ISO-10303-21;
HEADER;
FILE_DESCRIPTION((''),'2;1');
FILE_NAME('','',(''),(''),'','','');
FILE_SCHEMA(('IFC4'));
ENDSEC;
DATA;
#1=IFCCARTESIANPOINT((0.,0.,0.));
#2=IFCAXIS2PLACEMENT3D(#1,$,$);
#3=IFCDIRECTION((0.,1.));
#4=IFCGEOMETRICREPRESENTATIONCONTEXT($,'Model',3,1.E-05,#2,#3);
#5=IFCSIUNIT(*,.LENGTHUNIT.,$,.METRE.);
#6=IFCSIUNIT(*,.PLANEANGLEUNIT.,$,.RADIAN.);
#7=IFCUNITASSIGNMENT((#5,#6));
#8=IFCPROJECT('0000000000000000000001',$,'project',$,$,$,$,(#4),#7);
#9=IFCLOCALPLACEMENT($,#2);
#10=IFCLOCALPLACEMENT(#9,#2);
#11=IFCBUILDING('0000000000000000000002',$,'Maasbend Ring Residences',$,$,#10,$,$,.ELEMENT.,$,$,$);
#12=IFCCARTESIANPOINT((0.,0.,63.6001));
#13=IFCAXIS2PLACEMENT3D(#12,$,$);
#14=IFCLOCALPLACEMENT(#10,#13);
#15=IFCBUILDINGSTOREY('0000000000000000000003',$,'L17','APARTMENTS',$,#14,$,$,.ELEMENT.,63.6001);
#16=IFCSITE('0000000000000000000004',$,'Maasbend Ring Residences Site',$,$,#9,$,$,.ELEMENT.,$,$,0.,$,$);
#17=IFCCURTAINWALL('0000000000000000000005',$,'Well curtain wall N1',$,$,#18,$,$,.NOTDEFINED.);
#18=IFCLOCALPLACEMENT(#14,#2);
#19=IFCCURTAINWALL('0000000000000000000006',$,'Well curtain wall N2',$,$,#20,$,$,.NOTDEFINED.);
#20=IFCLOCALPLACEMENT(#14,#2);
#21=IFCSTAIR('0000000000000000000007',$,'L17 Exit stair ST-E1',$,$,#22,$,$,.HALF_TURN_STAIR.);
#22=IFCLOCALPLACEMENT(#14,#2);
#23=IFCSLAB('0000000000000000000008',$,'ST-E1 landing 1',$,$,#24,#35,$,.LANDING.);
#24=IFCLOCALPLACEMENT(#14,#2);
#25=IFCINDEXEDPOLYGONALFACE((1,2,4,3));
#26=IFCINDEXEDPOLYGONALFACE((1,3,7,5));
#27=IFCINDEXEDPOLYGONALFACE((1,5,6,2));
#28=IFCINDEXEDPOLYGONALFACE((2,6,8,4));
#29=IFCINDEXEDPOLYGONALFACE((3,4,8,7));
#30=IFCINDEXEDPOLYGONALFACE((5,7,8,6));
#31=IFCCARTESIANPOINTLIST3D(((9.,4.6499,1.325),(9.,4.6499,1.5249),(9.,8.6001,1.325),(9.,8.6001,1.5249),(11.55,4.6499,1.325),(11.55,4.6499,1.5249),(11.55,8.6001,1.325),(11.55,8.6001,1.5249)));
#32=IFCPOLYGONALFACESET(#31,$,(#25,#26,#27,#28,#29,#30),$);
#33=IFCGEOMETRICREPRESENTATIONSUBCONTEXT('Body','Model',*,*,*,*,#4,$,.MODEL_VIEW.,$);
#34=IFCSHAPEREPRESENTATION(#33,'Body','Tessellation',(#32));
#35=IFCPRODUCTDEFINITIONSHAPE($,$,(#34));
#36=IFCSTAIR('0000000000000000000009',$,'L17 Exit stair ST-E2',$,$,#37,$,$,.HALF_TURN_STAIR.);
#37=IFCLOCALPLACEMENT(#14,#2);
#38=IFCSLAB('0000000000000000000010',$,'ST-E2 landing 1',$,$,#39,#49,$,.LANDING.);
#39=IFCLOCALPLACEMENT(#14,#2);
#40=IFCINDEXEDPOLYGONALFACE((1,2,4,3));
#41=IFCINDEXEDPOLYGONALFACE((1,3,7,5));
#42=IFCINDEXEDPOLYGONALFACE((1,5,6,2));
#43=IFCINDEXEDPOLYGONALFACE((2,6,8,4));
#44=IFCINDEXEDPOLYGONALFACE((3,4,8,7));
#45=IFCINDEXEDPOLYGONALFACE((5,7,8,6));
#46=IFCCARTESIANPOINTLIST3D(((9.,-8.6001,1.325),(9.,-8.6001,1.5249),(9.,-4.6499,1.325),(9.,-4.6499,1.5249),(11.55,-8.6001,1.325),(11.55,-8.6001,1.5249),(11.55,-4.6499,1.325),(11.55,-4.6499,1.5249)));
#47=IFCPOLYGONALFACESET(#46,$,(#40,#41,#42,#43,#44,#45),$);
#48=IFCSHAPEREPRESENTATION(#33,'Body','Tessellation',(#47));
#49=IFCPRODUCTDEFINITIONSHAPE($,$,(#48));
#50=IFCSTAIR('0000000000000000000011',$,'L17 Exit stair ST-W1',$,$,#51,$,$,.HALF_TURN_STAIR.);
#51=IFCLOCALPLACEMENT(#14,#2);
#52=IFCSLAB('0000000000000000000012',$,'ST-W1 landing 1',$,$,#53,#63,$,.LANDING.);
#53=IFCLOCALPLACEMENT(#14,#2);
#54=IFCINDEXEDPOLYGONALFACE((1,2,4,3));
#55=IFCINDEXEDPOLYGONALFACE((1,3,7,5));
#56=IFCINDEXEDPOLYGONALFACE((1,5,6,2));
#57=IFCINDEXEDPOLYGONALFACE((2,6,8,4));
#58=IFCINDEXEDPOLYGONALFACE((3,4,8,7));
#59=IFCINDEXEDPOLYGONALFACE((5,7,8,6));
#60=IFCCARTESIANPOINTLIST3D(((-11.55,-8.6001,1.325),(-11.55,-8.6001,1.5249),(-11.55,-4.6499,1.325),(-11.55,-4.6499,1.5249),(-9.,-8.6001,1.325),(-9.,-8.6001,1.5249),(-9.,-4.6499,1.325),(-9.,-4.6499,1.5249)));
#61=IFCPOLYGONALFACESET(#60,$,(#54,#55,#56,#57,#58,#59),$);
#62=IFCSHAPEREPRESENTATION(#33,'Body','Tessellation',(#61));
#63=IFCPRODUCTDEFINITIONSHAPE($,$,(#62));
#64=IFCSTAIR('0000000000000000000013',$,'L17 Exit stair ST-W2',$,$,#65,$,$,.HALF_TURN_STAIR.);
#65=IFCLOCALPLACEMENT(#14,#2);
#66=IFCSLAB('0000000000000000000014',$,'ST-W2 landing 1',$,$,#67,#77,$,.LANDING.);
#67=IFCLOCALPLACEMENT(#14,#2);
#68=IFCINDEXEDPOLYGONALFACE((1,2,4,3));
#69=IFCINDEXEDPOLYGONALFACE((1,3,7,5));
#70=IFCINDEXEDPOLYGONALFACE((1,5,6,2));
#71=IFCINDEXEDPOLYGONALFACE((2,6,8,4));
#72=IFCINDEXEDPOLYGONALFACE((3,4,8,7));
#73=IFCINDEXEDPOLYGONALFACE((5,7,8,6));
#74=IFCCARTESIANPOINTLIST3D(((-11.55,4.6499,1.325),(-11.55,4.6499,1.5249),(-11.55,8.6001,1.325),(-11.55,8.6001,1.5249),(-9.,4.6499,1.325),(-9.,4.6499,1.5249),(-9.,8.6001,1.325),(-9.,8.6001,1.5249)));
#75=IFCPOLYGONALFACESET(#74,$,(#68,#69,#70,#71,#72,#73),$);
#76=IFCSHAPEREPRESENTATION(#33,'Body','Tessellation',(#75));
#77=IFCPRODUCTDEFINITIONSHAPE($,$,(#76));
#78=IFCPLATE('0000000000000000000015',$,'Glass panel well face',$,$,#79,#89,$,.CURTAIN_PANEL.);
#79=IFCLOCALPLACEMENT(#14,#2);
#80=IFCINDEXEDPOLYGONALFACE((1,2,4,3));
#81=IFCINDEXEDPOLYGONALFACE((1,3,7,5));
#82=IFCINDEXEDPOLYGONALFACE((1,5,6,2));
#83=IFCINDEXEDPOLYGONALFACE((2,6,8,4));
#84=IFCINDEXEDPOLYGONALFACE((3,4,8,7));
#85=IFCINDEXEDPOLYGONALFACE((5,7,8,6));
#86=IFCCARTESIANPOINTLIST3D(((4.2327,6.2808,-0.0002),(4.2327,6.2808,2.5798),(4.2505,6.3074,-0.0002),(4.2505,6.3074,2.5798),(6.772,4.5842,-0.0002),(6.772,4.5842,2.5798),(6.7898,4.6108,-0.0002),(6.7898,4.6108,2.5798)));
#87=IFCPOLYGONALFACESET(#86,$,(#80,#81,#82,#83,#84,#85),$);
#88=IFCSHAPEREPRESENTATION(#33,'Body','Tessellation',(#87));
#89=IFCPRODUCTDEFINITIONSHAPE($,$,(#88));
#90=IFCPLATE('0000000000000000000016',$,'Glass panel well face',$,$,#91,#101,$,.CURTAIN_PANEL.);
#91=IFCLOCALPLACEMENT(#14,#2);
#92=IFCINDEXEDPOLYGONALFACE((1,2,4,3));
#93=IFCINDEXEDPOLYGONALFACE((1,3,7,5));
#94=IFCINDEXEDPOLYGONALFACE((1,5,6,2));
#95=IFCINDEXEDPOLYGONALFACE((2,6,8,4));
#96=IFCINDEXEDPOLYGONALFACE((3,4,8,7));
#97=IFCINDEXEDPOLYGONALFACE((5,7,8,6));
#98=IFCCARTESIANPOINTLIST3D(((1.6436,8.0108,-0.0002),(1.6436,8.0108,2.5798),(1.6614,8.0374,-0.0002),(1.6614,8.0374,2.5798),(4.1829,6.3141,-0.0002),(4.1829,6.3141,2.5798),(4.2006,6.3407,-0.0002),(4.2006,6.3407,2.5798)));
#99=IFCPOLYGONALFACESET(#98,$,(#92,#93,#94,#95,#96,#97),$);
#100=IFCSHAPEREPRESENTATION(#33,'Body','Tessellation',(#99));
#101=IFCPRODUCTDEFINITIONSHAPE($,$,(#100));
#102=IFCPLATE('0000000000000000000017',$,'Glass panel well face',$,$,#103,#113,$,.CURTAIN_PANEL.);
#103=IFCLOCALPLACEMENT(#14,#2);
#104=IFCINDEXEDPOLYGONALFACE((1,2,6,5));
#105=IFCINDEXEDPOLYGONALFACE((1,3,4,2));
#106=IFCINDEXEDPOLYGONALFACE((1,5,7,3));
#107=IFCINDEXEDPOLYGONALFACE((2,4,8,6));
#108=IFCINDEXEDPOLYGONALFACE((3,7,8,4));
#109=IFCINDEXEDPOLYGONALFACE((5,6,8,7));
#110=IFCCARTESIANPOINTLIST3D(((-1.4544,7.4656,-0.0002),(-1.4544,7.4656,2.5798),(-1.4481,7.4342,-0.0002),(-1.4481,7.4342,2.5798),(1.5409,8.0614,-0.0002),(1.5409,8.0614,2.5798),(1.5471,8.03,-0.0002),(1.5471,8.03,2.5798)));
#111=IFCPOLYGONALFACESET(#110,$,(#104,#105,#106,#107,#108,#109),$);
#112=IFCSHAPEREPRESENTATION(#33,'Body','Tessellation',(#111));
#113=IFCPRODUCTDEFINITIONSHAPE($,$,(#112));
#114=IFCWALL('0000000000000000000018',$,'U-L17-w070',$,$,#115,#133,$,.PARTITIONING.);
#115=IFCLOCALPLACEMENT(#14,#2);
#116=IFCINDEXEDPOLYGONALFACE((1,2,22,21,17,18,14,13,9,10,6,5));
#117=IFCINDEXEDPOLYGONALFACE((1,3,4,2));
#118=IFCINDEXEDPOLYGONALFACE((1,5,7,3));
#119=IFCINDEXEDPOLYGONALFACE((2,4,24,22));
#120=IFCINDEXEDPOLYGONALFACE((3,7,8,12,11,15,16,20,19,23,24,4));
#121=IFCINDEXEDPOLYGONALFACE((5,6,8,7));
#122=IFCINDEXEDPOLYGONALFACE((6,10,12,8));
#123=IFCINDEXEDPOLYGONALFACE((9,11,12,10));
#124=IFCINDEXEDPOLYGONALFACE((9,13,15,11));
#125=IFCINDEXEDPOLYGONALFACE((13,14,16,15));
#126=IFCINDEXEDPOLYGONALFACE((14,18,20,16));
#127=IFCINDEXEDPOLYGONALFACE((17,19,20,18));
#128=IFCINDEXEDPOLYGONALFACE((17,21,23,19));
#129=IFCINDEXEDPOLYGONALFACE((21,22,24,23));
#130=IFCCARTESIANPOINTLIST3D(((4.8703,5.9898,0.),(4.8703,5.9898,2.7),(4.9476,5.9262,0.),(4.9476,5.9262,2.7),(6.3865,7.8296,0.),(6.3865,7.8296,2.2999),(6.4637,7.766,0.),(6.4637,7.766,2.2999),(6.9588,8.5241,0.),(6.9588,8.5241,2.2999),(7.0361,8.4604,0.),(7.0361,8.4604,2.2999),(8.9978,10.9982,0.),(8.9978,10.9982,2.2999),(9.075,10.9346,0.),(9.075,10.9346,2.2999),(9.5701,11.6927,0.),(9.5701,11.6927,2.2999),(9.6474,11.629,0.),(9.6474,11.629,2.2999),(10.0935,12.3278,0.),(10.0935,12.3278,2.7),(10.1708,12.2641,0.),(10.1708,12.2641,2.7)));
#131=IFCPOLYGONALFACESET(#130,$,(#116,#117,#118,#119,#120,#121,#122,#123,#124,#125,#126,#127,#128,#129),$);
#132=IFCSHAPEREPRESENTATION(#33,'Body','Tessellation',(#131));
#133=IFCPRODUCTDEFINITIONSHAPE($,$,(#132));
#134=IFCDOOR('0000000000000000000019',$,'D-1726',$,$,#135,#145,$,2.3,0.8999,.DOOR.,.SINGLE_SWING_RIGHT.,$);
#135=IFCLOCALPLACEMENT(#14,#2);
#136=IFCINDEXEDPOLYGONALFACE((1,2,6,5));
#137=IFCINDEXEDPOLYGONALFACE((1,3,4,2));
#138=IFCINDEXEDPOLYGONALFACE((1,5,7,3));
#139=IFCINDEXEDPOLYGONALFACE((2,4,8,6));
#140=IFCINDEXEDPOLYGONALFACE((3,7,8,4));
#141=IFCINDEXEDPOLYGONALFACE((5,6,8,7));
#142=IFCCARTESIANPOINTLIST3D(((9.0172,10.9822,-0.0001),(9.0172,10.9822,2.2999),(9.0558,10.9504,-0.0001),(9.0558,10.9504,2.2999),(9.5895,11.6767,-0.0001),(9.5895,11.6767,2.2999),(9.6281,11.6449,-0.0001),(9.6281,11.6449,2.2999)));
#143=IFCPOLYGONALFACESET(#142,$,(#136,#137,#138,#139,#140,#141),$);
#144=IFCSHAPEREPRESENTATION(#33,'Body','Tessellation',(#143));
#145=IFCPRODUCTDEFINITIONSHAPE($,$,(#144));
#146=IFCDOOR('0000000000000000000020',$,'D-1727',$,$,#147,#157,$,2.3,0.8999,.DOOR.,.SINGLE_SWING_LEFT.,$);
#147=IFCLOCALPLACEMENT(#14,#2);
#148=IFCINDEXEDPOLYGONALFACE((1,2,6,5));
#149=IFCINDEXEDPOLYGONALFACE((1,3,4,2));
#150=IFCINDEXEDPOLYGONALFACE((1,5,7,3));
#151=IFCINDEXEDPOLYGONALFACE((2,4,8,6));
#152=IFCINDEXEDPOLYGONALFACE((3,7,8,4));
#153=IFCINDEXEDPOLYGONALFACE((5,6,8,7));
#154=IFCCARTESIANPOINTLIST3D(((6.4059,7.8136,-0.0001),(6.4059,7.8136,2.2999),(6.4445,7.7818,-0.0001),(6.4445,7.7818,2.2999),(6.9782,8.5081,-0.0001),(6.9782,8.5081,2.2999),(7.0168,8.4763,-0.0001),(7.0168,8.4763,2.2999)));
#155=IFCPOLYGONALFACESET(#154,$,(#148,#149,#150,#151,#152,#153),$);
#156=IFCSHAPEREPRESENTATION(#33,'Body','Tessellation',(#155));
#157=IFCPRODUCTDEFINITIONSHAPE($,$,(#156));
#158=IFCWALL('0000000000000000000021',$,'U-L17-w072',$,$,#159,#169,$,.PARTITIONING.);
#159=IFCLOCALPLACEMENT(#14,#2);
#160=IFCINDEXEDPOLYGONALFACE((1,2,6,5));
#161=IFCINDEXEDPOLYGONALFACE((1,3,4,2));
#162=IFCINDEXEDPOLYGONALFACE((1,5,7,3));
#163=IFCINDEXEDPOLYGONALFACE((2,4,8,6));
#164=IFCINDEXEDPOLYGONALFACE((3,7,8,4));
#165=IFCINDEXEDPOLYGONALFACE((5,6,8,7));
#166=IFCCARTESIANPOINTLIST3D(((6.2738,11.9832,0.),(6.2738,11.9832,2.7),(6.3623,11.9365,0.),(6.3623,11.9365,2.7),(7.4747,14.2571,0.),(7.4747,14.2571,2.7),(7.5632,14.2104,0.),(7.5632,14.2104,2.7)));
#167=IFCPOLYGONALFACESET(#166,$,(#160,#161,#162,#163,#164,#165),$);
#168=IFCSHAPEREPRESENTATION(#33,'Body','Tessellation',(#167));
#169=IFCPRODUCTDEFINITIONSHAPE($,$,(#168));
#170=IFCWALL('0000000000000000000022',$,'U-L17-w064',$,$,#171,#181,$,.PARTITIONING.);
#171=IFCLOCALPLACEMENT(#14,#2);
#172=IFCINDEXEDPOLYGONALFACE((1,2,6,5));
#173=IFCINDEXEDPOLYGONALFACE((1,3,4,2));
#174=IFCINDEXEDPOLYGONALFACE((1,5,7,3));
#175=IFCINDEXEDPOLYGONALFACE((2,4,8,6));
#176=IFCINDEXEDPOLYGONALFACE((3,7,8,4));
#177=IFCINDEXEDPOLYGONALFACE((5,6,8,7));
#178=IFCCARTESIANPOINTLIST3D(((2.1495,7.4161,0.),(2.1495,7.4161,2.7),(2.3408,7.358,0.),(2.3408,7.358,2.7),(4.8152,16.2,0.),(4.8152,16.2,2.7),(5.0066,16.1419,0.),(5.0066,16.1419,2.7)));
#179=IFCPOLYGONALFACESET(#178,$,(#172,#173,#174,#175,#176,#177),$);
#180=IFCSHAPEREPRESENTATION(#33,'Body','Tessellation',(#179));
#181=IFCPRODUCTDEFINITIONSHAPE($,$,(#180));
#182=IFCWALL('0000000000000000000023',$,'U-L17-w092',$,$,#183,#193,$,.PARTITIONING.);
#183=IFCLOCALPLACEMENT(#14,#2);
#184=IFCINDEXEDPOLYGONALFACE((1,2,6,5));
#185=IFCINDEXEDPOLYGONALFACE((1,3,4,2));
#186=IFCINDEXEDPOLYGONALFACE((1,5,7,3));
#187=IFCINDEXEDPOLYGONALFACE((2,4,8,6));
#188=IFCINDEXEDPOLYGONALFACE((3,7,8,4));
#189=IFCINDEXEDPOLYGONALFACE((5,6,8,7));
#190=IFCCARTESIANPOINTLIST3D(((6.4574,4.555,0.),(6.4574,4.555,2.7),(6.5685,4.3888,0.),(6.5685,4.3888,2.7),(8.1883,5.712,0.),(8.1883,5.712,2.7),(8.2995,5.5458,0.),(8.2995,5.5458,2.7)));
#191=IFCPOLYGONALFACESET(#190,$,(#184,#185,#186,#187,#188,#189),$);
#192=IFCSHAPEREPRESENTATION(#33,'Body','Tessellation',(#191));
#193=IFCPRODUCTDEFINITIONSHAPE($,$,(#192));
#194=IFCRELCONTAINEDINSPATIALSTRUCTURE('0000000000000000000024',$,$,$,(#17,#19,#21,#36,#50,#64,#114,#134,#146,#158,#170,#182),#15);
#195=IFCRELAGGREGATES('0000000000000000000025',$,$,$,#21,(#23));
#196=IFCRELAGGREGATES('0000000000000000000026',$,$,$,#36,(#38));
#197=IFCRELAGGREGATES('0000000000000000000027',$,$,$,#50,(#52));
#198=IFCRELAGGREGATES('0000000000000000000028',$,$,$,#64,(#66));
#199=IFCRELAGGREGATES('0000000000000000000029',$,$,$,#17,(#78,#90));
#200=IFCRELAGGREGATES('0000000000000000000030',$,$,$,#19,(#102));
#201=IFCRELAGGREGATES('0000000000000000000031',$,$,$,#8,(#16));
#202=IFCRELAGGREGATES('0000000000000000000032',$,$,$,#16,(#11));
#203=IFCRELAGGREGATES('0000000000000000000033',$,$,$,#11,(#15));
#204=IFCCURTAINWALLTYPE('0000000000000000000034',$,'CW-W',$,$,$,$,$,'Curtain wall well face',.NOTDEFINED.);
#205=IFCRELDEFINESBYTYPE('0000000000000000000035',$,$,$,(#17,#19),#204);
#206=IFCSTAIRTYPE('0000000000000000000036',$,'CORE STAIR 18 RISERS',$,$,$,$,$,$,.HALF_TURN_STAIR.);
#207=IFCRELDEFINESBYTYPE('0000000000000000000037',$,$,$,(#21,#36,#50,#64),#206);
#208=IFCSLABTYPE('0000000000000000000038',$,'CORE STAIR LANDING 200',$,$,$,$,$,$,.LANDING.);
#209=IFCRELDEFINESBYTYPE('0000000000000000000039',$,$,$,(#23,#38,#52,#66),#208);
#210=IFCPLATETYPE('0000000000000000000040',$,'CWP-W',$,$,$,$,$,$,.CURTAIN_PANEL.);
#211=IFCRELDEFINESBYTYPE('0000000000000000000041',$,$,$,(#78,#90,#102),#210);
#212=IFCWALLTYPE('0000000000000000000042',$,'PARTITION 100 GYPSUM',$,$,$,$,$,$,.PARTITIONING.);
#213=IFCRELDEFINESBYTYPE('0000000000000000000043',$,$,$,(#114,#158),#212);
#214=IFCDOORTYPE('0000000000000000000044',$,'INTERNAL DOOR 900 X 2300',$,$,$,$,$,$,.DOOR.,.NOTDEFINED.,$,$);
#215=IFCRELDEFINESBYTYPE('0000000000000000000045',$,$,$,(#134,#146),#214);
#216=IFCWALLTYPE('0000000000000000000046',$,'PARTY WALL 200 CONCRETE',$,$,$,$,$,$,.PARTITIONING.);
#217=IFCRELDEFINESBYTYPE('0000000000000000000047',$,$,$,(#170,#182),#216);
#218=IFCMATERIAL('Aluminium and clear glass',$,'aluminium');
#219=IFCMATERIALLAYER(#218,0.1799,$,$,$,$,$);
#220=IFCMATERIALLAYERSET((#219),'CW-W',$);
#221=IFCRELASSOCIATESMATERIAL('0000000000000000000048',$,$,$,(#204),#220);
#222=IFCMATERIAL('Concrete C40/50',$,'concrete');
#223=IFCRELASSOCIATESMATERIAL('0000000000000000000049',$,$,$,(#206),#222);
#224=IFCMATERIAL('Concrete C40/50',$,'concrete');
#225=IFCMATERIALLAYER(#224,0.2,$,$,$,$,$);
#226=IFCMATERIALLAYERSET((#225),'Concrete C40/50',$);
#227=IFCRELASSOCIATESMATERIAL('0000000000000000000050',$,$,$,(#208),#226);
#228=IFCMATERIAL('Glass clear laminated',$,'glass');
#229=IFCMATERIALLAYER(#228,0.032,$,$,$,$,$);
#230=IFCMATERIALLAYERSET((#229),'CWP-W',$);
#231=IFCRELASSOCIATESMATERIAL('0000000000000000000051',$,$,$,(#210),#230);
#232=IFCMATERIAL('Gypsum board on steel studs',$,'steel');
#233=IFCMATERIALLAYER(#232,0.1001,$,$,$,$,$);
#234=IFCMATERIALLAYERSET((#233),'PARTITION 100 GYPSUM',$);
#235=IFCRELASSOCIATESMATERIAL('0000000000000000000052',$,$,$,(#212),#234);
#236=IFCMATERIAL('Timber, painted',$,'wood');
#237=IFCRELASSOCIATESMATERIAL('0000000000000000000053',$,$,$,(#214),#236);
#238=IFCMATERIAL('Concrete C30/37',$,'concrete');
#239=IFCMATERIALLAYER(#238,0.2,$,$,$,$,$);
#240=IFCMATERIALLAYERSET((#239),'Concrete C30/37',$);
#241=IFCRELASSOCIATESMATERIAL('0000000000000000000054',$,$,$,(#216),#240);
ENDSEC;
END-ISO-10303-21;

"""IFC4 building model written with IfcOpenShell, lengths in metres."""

from ifc_helpers import new_model, si_unit, direction, frame, frame_2d, origin, origin_2d, place, context, subcontext, project, spatial, polyline, rectangle, outline, extrude, material, layer, layer_set, type_object, element, fill, aggregate, save


model = new_model("IFC4")

# Units and contexts
model_context = context("Model", 3, precision=1e-05, world=origin(), true_north=direction((0.0, 1.0)))
body_context = subcontext(model_context, "Body", "Model", "MODEL_VIEW")
ifc_project = project(units=[si_unit("LENGTHUNIT", "METRE"), si_unit("PLANEANGLEUNIT", "RADIAN")], contexts=[model_context])

# Site, building, storey
site_placement = place(None, origin())
site = spatial("IfcSite", under=ifc_project, at=site_placement, Name="Maasbend Ring Residences Site", CompositionType="ELEMENT", RefElevation=0.0)
building_placement = place(site_placement, origin())
building = spatial("IfcBuilding", under=site, at=building_placement, Name="Maasbend Ring Residences", CompositionType="ELEMENT")
storey_placement = place(building_placement, frame((0.0, 0.0, 63.6001)))
storey = spatial("IfcBuildingStorey", under=building, at=storey_placement, Name="L17", Description="APARTMENTS", CompositionType="ELEMENT", Elevation=63.6001)

# Curtain wall
ifc_material_1 = material(Name="Aluminium and clear glass", Category="aluminium")
ifc_layer_1 = layer(ifc_material_1, 0.1799)
ifc_layer_set_1 = layer_set([ifc_layer_1], Name="CW-W")
curtain_wall_type = type_object("IfcCurtainWallType", Name="CW-W", ElementType="Curtain wall well face", PredefinedType="NOTDEFINED", material=ifc_layer_set_1)
curtain_wall_1_placement = place(storey_placement, origin())
curtain_wall_1 = element("IfcCurtainWall", 1, at=curtain_wall_1_placement, inside=storey, type_object=curtain_wall_type, Name="Well curtain wall N1", PredefinedType="NOTDEFINED")

# Curtain wall
curtain_wall_2_placement = place(storey_placement, origin())
curtain_wall_2 = element("IfcCurtainWall", 2, at=curtain_wall_2_placement, inside=storey, type_object=curtain_wall_type, Name="Well curtain wall N2", PredefinedType="NOTDEFINED")

# Stairs, slabs
ifc_material_2 = material(Name="Concrete C40/50", Category="concrete")
stair_type = type_object("IfcStairType", Name="CORE STAIR 18 RISERS", PredefinedType="HALF_TURN_STAIR", material=ifc_material_2)
stair_1_placement = place(storey_placement, origin())
stair_1 = element("IfcStair", 3, at=stair_1_placement, inside=storey, type_object=stair_type, Name="L17 Exit stair ST-E1", PredefinedType="HALF_TURN_STAIR")
ifc_material_3 = material(Name="Concrete C40/50", Category="concrete")
ifc_layer_2 = layer(ifc_material_3, 0.2)
ifc_layer_set_2 = layer_set([ifc_layer_2], Name="Concrete C40/50")
slab_type = type_object("IfcSlabType", Name="CORE STAIR LANDING 200", PredefinedType="LANDING", material=ifc_layer_set_2)
slab_1_placement = place(storey_placement, frame((0.0, 0.0, 1.325)))
slab_1 = element("IfcSlab", 4, at=slab_1_placement, type_object=slab_type, Name="ST-E1 landing 1", PredefinedType="LANDING", context=body_context, shape_type="SweptSolid", body=[
    extrude(outline(polyline([(11.55, 8.6001), (9.0, 8.6001), (9.0, 4.6499), (11.55, 4.6499), (11.55, 8.6001)])), origin(), (0.0, 0.0, 1.0), 0.2),
])
aggregate(stair_1, [slab_1])
stair_2_placement = place(storey_placement, origin())
stair_2 = element("IfcStair", 5, at=stair_2_placement, inside=storey, type_object=stair_type, Name="L17 Exit stair ST-E2", PredefinedType="HALF_TURN_STAIR")
slab_2_placement = place(storey_placement, frame((0.0, 0.0, 1.325)))
slab_2 = element("IfcSlab", 6, at=slab_2_placement, type_object=slab_type, Name="ST-E2 landing 1", PredefinedType="LANDING", context=body_context, shape_type="SweptSolid", body=[
    extrude(outline(polyline([(11.55, -4.6499), (9.0, -4.6499), (9.0, -8.6001), (11.55, -8.6001), (11.55, -4.6499)])), origin(), (0.0, 0.0, 1.0), 0.2),
])
aggregate(stair_2, [slab_2])
stair_3_placement = place(storey_placement, origin())
stair_3 = element("IfcStair", 7, at=stair_3_placement, inside=storey, type_object=stair_type, Name="L17 Exit stair ST-W1", PredefinedType="HALF_TURN_STAIR")
slab_3_placement = place(storey_placement, frame((0.0, 0.0, 1.325)))
slab_3 = element("IfcSlab", 8, at=slab_3_placement, type_object=slab_type, Name="ST-W1 landing 1", PredefinedType="LANDING", context=body_context, shape_type="SweptSolid", body=[
    extrude(outline(polyline([(-11.55, -8.6001), (-9.0, -8.6001), (-9.0, -4.6499), (-11.55, -4.6499), (-11.55, -8.6001)])), origin(), (0.0, 0.0, 1.0), 0.2),
])
aggregate(stair_3, [slab_3])
stair_4_placement = place(storey_placement, origin())
stair_4 = element("IfcStair", 9, at=stair_4_placement, inside=storey, type_object=stair_type, Name="L17 Exit stair ST-W2", PredefinedType="HALF_TURN_STAIR")
slab_4_placement = place(storey_placement, frame((0.0, 0.0, 1.325)))
slab_4 = element("IfcSlab", 10, at=slab_4_placement, type_object=slab_type, Name="ST-W2 landing 1", PredefinedType="LANDING", context=body_context, shape_type="SweptSolid", body=[
    extrude(outline(polyline([(-11.55, 4.6499), (-9.0, 4.6499), (-9.0, 8.6001), (-11.55, 8.6001), (-11.55, 4.6499)])), origin(), (0.0, 0.0, 1.0), 0.2),
])
aggregate(stair_4, [slab_4])

# Plates
ifc_material_4 = material(Name="Glass clear laminated", Category="glass")
ifc_layer_3 = layer(ifc_material_4, 0.032)
ifc_layer_set_3 = layer_set([ifc_layer_3], Name="CWP-W")
plate_type = type_object("IfcPlateType", Name="CWP-W", PredefinedType="CURTAIN_PANEL", material=ifc_layer_set_3)
plate_1_placement = place(storey_placement, frame((5.5112, 5.4458, -0.0002), z_axis=(0.0, 0.0, 1.0), x_axis=(-0.83147, 0.55557, 0.0)))
plate_1 = element("IfcPlate", 11, at=plate_1_placement, type_object=plate_type, Name="Glass panel well face", PredefinedType="CURTAIN_PANEL", context=body_context, shape_type="SweptSolid", body=[
    extrude(rectangle(XDim=3.054, YDim=0.032, at=origin_2d()), origin(), (0.0, 0.0, 1.0), 2.5801),
])
plate_2_placement = place(storey_placement, frame((2.9221, 7.1758, -0.0002), z_axis=(0.0, 0.0, 1.0), x_axis=(-0.83147, 0.55557, 0.0)))
plate_2 = element("IfcPlate", 12, at=plate_2_placement, type_object=plate_type, Name="Glass panel well face", PredefinedType="CURTAIN_PANEL", context=body_context, shape_type="SweptSolid", body=[
    extrude(rectangle(XDim=3.054, YDim=0.032, at=origin_2d()), origin(), (0.0, 0.0, 1.0), 2.5801),
])
aggregate(curtain_wall_1, [plate_1, plate_2])
plate_3_placement = place(storey_placement, frame((0.0464, 7.7478, -0.0002), z_axis=(0.0, 0.0, 1.0), x_axis=(-0.980785, -0.19509, 0.0)))
plate_3 = element("IfcPlate", 13, at=plate_3_placement, type_object=plate_type, Name="Glass panel well face", PredefinedType="CURTAIN_PANEL", context=body_context, shape_type="SweptSolid", body=[
    extrude(rectangle(XDim=3.054, YDim=0.032, at=origin_2d()), origin(), (0.0, 0.0, 1.0), 2.5801),
])
aggregate(curtain_wall_2, [plate_3])

# Wall, openings, doors
ifc_material_5 = material(Name="Gypsum board on steel studs", Category="steel")
ifc_layer_4 = layer(ifc_material_5, 0.1001)
ifc_layer_set_4 = layer_set([ifc_layer_4], Name="PARTITION 100 GYPSUM")
wall_type_1 = type_object("IfcWallType", Name="PARTITION 100 GYPSUM", PredefinedType="PARTITIONING", material=ifc_layer_set_4)
wall_1_placement = place(storey_placement, frame((4.9089, 5.958, 0.0), z_axis=(0.0, 0.0, 1.0), x_axis=(0.635976, 0.771709, 0.0)))
wall_1 = element("IfcWall", 14, at=wall_1_placement, inside=storey, type_object=wall_type_1, Name="U-L17-w070", PredefinedType="PARTITIONING", context=body_context, shape_type="SweptSolid", body=[
    extrude(rectangle(XDim=8.2129, YDim=0.1001, at=frame_2d((4.1064, 0.0))), origin(), (0.0, 0.0, 1.0), 2.7),
])
opening_1_placement = place(wall_1_placement, frame((6.49, 0.0, 0.0)))
opening_1 = element("IfcOpeningElement", 15, at=opening_1_placement, cuts=wall_1, PredefinedType="OPENING", context=body_context, shape_type="SweptSolid", body=[
    extrude(rectangle(XDim=0.8999, YDim=2.3, at=frame_2d((0.45, 1.1499))), frame((0.0, 0.0601, 0.0), z_axis=(0.0, -1.0, 0.0), x_axis=(1.0, 0.0, 0.0)), (0.0, 0.0, 1.0), 0.1201),
])
opening_2_placement = place(wall_1_placement, frame((2.384, 0.0, 0.0)))
opening_2 = element("IfcOpeningElement", 16, at=opening_2_placement, cuts=wall_1, PredefinedType="OPENING", context=body_context, shape_type="SweptSolid", body=[
    extrude(rectangle(XDim=0.8999, YDim=2.3, at=frame_2d((0.45, 1.1499))), frame((0.0, 0.0601, 0.0), z_axis=(0.0, -1.0, 0.0), x_axis=(1.0, 0.0, 0.0)), (0.0, 0.0, 1.0), 0.1201),
])
ifc_material_6 = material(Name="Timber, painted", Category="wood")
door_type = type_object("IfcDoorType", Name="INTERNAL DOOR 900 X 2300", OperationType="NOTDEFINED", PredefinedType="DOOR", material=ifc_material_6)
door_1_placement = place(opening_1_placement, origin())
door_1 = element("IfcDoor", 17, at=door_1_placement, inside=storey, type_object=door_type, Name="D-1726", OperationType="SINGLE_SWING_RIGHT", OverallHeight=2.3, OverallWidth=0.8999, PredefinedType="DOOR", context=body_context, shape_type="SweptSolid", body=[
    extrude(rectangle(XDim=0.8999, YDim=2.3, at=frame_2d((0.45, 1.1499))), frame((0.0, 0.0249, 0.0), z_axis=(0.0, -1.0, 0.0), x_axis=(1.0, 0.0, 0.0)), (0.0, 0.0, 1.0), 0.05),
])
fill(opening_1, door_1)
door_2_placement = place(opening_2_placement, origin())
door_2 = element("IfcDoor", 18, at=door_2_placement, inside=storey, type_object=door_type, Name="D-1727", OperationType="SINGLE_SWING_LEFT", OverallHeight=2.3, OverallWidth=0.8999, PredefinedType="DOOR", context=body_context, shape_type="SweptSolid", body=[
    extrude(rectangle(XDim=0.8999, YDim=2.3, at=frame_2d((0.45, 1.1499))), frame((0.0, 0.0249, 0.0), z_axis=(0.0, -1.0, 0.0), x_axis=(1.0, 0.0, 0.0)), (0.0, 0.0, 1.0), 0.05),
])
fill(opening_2, door_2)

# Walls
wall_2_placement = place(storey_placement, frame((6.3181, 11.96, 0.0), z_axis=(0.0, 0.0, 1.0), x_axis=(0.467002, 0.884256, 0.0)))
element("IfcWall", 19, at=wall_2_placement, inside=storey, type_object=wall_type_1, Name="U-L17-w072", PredefinedType="PARTITIONING", context=body_context, shape_type="SweptSolid", body=[
    extrude(rectangle(XDim=2.5715, YDim=0.1001, at=frame_2d((1.2856, 0.0))), origin(), (0.0, 0.0, 1.0), 2.7),
])
ifc_material_7 = material(Name="Concrete C30/37", Category="concrete")
ifc_layer_5 = layer(ifc_material_7, 0.2)
ifc_layer_set_5 = layer_set([ifc_layer_5], Name="Concrete C30/37")
wall_type_2 = type_object("IfcWallType", Name="PARTY WALL 200 CONCRETE", PredefinedType="PARTITIONING", material=ifc_layer_set_5)
wall_3_placement = place(storey_placement, frame((2.2451, 7.387, 0.0), z_axis=(0.0, 0.0, 1.0), x_axis=(0.290404, 0.956904, 0.0)))
element("IfcWall", 20, at=wall_3_placement, inside=storey, type_object=wall_type_2, Name="U-L17-w064", PredefinedType="PARTITIONING", context=body_context, shape_type="SweptSolid", body=[
    extrude(rectangle(XDim=9.1794, YDim=0.2, at=frame_2d((4.5898, 0.0))), origin(), (0.0, 0.0, 1.0), 2.7),
])
wall_4_placement = place(storey_placement, frame((6.5129, 4.4719, 0.0), z_axis=(0.0, 0.0, 1.0), x_axis=(0.831382, 0.555701, 0.0)))
element("IfcWall", 21, at=wall_4_placement, inside=storey, type_object=wall_type_2, Name="U-L17-w092", PredefinedType="PARTITIONING", context=body_context, shape_type="SweptSolid", body=[
    extrude(rectangle(XDim=2.082, YDim=0.2, at=frame_2d((1.041, 0.0))), origin(), (0.0, 0.0, 1.0), 2.7),
])

save(model, "model.ifc")
